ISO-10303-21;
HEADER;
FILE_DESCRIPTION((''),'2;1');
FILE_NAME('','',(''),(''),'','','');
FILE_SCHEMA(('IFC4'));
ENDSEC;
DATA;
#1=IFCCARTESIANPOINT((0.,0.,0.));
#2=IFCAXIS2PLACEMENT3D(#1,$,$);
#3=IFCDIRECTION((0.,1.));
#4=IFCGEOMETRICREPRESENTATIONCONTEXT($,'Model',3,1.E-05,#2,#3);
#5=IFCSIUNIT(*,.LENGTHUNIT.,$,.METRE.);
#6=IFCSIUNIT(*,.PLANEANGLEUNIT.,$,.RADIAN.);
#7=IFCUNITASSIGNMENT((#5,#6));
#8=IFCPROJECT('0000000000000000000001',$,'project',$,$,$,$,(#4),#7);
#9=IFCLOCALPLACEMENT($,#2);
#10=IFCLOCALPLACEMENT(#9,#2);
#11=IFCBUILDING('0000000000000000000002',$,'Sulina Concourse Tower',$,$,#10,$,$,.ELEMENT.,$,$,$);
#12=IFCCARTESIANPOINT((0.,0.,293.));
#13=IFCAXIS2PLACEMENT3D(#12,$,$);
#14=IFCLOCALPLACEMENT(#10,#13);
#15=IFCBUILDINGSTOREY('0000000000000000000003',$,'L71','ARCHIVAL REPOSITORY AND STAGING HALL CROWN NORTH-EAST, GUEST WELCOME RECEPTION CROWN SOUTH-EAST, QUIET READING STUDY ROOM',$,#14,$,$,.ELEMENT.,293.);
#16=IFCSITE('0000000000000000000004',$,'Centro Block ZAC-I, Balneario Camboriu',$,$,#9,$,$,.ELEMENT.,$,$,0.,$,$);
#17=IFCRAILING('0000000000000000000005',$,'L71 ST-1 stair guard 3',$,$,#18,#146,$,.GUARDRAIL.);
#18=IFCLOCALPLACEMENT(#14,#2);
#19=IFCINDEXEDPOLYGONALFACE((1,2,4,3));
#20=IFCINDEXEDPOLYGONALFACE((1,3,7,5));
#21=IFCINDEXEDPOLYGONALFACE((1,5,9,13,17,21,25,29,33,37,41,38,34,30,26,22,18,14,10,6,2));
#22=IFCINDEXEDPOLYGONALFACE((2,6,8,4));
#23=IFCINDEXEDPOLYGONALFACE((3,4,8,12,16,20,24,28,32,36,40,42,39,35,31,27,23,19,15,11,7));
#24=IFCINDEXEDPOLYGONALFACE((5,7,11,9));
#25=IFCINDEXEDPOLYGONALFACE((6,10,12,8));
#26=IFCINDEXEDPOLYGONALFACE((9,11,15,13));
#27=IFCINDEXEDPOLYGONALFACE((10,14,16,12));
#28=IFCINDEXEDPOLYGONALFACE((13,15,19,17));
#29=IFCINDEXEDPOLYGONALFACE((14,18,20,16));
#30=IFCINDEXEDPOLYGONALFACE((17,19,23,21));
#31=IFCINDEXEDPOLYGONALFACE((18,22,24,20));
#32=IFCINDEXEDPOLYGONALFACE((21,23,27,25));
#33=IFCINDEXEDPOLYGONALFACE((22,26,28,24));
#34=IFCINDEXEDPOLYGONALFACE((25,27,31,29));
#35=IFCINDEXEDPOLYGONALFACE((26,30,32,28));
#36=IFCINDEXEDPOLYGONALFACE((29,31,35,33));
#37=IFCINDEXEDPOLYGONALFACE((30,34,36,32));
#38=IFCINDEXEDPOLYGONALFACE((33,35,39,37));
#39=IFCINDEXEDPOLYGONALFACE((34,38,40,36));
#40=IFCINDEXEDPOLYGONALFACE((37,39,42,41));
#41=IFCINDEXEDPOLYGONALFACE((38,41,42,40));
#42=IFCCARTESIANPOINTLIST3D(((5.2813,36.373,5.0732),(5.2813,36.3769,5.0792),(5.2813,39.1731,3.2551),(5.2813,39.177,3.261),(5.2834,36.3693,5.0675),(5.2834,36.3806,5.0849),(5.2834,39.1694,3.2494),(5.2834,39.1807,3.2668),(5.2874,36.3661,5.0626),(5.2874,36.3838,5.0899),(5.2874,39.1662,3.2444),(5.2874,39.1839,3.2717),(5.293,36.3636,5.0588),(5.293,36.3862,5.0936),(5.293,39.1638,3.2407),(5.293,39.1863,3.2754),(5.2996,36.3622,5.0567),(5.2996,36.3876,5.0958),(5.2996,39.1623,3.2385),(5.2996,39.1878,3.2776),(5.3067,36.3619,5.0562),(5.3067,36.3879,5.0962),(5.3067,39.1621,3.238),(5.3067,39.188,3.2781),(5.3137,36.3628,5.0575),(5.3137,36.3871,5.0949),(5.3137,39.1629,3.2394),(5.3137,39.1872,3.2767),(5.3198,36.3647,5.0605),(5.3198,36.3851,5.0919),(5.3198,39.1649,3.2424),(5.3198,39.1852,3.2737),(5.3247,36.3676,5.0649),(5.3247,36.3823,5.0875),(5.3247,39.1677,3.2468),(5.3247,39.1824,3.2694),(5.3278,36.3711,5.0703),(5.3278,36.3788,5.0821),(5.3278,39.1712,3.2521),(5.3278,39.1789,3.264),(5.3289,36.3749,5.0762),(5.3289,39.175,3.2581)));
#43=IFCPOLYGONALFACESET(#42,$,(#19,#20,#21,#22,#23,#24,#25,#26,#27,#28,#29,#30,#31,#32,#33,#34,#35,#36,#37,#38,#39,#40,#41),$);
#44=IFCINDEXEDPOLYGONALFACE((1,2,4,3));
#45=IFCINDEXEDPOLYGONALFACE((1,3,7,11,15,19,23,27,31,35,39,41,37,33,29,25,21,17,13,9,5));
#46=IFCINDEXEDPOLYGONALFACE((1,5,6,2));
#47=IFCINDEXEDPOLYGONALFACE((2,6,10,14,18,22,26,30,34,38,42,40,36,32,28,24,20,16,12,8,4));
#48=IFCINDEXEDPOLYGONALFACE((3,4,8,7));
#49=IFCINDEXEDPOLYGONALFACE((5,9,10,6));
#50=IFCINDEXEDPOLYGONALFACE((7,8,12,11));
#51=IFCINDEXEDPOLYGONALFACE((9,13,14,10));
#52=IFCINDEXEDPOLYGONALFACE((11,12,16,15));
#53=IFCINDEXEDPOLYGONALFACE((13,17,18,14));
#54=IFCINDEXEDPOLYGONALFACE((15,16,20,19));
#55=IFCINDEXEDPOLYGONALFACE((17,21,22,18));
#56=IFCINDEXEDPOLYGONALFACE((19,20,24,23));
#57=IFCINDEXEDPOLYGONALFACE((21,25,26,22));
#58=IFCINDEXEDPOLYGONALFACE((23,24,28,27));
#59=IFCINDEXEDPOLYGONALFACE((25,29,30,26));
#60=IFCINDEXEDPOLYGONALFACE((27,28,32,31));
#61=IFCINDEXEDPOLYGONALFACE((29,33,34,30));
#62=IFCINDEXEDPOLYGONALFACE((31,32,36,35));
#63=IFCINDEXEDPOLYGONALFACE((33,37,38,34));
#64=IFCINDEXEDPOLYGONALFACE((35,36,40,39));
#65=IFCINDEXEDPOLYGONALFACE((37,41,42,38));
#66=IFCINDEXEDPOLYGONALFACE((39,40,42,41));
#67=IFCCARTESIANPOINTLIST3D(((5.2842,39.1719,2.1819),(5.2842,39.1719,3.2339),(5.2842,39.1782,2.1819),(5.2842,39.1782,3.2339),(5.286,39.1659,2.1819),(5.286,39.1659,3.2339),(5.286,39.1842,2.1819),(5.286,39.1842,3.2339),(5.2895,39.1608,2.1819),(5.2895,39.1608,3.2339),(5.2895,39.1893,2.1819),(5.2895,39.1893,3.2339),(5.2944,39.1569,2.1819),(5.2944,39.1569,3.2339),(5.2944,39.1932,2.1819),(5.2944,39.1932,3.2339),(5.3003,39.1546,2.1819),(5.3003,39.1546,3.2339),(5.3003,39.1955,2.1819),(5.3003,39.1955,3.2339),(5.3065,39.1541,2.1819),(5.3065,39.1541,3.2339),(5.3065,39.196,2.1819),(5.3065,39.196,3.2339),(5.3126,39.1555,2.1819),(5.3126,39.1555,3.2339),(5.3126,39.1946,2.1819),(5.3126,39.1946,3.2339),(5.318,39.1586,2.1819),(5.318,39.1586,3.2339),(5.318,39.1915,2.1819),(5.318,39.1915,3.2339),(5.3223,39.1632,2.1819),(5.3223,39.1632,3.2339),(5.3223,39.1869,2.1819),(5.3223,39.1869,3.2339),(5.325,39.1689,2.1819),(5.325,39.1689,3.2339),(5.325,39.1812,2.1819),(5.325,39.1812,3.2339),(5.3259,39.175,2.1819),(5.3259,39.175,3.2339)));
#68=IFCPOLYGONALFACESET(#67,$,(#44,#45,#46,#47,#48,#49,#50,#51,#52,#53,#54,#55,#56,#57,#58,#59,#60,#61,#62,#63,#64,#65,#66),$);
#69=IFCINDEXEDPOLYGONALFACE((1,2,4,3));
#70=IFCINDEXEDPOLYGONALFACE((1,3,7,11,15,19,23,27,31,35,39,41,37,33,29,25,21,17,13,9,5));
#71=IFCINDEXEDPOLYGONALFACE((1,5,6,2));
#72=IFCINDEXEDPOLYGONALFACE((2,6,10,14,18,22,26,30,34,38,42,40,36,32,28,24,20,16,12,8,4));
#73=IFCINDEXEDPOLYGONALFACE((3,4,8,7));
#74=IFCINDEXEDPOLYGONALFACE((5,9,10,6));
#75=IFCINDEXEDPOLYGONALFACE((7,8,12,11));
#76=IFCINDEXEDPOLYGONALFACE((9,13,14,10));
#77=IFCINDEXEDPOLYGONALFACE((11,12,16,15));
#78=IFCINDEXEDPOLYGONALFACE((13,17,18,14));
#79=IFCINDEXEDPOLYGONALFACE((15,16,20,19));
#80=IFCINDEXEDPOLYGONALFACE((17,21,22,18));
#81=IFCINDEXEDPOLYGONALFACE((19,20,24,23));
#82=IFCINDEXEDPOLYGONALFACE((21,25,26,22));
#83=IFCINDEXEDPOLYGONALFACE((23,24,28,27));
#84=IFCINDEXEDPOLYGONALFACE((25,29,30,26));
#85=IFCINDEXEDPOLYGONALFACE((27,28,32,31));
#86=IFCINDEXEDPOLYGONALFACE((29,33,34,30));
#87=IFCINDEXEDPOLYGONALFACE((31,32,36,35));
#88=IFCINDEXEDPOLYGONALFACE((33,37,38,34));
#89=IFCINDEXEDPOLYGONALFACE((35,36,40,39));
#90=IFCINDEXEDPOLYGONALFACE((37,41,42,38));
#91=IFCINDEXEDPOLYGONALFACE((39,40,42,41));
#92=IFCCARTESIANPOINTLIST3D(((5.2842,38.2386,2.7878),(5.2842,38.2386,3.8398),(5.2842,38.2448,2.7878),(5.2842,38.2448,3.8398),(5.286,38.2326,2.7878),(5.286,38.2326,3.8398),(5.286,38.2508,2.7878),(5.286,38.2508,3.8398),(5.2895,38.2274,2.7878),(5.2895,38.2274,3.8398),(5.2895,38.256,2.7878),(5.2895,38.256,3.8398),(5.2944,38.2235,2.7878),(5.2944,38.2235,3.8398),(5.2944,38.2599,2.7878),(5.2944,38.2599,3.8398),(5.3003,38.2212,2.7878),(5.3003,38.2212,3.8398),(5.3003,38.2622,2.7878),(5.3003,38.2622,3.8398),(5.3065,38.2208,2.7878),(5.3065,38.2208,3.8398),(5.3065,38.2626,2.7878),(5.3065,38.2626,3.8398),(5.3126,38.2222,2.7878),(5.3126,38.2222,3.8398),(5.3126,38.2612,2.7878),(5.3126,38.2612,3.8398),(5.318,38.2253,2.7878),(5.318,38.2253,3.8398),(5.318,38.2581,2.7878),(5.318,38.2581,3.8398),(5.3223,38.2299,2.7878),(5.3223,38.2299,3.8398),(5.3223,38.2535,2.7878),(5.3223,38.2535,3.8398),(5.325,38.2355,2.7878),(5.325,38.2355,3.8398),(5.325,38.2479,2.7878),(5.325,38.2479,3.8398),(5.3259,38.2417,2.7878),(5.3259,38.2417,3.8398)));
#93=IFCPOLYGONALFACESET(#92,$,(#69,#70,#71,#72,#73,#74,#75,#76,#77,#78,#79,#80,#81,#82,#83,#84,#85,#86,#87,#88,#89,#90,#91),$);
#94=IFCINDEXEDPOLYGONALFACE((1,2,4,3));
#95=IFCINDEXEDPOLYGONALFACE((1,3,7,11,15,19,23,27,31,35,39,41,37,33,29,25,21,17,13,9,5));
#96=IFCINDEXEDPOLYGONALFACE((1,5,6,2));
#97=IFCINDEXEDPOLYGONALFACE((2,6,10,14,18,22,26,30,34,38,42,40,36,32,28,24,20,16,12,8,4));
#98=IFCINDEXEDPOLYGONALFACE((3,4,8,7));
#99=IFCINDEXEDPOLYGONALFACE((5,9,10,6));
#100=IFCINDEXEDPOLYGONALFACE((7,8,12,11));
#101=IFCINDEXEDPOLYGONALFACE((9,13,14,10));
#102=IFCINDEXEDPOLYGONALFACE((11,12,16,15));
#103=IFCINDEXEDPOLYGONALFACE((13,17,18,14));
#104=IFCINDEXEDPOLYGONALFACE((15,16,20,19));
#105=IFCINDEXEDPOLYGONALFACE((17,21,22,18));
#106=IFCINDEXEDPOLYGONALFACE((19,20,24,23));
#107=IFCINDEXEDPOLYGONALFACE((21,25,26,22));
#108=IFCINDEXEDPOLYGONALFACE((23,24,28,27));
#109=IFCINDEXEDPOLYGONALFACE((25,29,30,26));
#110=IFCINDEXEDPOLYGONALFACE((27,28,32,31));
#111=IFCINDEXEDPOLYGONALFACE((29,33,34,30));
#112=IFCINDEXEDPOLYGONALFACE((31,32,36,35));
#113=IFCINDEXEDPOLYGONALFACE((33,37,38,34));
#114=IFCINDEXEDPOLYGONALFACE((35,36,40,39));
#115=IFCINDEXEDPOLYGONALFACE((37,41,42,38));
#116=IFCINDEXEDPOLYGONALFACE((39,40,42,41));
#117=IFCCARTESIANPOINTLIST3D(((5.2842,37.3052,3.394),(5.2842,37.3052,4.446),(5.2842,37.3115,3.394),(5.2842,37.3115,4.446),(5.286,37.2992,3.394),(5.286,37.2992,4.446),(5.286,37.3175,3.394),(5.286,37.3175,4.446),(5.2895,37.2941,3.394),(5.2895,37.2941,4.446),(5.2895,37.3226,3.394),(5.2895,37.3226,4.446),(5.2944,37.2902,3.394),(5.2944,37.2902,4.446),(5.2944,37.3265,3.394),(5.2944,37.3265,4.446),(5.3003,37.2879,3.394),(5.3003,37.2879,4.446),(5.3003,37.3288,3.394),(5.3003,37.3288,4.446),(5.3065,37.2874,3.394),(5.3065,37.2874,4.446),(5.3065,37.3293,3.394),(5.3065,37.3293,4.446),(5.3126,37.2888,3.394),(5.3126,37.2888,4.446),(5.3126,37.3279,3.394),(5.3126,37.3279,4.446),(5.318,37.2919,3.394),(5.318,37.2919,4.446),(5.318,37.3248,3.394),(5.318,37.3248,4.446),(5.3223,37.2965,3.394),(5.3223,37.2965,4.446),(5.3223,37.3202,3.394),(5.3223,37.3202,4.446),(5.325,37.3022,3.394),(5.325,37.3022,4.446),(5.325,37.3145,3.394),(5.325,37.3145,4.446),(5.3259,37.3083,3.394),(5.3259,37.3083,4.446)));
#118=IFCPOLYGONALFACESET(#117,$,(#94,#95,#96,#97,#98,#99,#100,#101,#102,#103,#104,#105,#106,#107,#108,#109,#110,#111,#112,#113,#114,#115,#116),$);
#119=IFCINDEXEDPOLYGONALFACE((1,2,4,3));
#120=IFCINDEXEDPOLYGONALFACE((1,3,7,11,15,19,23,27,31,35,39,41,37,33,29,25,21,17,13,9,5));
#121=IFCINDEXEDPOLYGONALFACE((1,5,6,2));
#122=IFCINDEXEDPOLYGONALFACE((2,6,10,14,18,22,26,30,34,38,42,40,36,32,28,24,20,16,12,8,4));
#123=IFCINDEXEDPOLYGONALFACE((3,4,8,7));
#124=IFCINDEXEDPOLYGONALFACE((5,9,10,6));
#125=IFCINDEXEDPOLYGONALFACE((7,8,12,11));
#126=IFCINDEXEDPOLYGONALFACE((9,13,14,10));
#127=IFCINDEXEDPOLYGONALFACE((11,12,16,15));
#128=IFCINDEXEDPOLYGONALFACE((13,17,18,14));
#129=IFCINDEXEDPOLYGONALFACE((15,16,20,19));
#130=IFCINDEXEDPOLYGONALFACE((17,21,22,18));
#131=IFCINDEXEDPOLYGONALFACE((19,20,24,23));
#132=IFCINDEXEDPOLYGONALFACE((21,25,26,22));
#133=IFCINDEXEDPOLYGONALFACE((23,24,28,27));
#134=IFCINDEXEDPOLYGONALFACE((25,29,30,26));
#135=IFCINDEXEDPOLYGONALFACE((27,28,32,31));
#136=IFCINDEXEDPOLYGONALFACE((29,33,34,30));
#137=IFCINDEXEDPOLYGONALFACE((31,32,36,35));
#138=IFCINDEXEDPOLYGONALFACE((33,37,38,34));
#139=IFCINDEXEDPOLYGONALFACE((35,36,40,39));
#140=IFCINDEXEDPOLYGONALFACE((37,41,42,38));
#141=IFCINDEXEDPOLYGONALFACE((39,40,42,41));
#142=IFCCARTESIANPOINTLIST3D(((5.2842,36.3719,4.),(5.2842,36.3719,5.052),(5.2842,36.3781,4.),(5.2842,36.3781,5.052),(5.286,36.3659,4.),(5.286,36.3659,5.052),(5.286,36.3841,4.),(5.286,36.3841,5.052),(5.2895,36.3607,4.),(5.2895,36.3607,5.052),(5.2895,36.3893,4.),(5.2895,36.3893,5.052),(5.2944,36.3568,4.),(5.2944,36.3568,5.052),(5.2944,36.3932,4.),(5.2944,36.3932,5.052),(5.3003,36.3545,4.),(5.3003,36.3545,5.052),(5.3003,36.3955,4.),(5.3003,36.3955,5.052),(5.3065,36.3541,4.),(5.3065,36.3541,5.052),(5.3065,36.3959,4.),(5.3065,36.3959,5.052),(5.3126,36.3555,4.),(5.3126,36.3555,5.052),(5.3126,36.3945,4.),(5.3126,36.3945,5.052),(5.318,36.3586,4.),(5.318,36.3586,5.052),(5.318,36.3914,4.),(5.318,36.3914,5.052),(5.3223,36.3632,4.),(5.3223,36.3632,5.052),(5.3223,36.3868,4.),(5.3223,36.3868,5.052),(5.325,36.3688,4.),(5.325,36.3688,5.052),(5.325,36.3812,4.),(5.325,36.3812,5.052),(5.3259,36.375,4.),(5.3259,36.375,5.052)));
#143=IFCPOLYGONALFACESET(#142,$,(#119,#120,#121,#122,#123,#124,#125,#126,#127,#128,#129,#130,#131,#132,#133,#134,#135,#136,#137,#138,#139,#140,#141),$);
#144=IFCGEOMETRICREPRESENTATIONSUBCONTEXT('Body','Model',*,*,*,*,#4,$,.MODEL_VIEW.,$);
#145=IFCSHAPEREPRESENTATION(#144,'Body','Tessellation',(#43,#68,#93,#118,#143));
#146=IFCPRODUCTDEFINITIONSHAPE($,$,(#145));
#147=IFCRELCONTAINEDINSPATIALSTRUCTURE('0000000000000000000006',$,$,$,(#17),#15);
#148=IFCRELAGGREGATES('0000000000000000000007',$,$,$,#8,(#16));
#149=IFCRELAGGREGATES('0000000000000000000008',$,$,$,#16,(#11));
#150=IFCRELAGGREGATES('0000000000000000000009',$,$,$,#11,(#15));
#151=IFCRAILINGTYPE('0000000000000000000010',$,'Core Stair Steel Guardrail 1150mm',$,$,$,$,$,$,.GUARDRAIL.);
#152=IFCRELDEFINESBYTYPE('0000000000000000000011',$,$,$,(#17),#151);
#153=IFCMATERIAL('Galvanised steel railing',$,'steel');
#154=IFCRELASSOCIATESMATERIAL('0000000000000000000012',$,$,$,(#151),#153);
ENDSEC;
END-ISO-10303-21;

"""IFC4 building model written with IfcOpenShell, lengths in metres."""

from ifc_helpers import new_model, si_unit, direction, frame, origin, origin_2d, place, context, subcontext, project, spatial, circle, extrude, material, type_object, element, save


model = new_model("IFC4")

# Units and contexts
model_context = context("Model", 3, precision=1e-05, world=origin(), true_north=direction((0.0, 1.0)))
body_context = subcontext(model_context, "Body", "Model", "MODEL_VIEW")
ifc_project = project(units=[si_unit("LENGTHUNIT", "METRE"), si_unit("PLANEANGLEUNIT", "RADIAN")], contexts=[model_context])

# Site, building, storey
site_placement = place(None, origin())
site = spatial("IfcSite", under=ifc_project, at=site_placement, Name="Centro Block ZAC-I, Balneario Camboriu", CompositionType="ELEMENT", RefElevation=0.0)
building_placement = place(site_placement, origin())
building = spatial("IfcBuilding", under=site, at=building_placement, Name="Sulina Concourse Tower", CompositionType="ELEMENT")
storey_placement = place(building_placement, frame((0.0, 0.0, 293.0)))
storey = spatial("IfcBuildingStorey", under=building, at=storey_placement, Name="L71", Description="ARCHIVAL REPOSITORY AND STAGING HALL CROWN NORTH-EAST, GUEST WELCOME RECEPTION CROWN SOUTH-EAST, QUIET READING STUDY ROOM", CompositionType="ELEMENT", Elevation=293.0)

# Railing
ifc_material_1 = material(Name="Galvanised steel railing", Category="steel")
railing_type_1 = type_object("IfcRailingType", Name="Core Stair Steel Guardrail 1150mm", PredefinedType="GUARDRAIL", material=ifc_material_1)
railing_1_placement = place(storey_placement, frame((5.3049, 39.175, 2.1819)))
element("IfcRailing", 1, at=railing_1_placement, inside=storey, type_object=railing_type_1, Name="L71 ST-1 stair guard 3", PredefinedType="GUARDRAIL", context=body_context, shape_type="SweptSolid", body=[
    extrude(circle(Radius=0.0239, at=origin_2d()), frame((0.0, 0.0, 1.0762), z_axis=(0.0, -0.838706, 0.544585), x_axis=(1.0, 0.0, 0.0)), (0.0, 0.0, 1.0), 3.3386),
    extrude(circle(Radius=0.021, at=origin_2d()), origin(), (0.0, 0.0, 1.0), 1.052),
    extrude(circle(Radius=0.021, at=origin_2d()), frame((0.0, -0.9333, 0.606)), (0.0, 0.0, 1.0), 1.052),
    extrude(circle(Radius=0.021, at=origin_2d()), frame((0.0, -1.8667, 1.2122)), (0.0, 0.0, 1.0), 1.052),
    extrude(circle(Radius=0.021, at=origin_2d()), frame((0.0, -2.8, 1.8181)), (0.0, 0.0, 1.0), 1.052),
])

save(model, "model.ifc")
